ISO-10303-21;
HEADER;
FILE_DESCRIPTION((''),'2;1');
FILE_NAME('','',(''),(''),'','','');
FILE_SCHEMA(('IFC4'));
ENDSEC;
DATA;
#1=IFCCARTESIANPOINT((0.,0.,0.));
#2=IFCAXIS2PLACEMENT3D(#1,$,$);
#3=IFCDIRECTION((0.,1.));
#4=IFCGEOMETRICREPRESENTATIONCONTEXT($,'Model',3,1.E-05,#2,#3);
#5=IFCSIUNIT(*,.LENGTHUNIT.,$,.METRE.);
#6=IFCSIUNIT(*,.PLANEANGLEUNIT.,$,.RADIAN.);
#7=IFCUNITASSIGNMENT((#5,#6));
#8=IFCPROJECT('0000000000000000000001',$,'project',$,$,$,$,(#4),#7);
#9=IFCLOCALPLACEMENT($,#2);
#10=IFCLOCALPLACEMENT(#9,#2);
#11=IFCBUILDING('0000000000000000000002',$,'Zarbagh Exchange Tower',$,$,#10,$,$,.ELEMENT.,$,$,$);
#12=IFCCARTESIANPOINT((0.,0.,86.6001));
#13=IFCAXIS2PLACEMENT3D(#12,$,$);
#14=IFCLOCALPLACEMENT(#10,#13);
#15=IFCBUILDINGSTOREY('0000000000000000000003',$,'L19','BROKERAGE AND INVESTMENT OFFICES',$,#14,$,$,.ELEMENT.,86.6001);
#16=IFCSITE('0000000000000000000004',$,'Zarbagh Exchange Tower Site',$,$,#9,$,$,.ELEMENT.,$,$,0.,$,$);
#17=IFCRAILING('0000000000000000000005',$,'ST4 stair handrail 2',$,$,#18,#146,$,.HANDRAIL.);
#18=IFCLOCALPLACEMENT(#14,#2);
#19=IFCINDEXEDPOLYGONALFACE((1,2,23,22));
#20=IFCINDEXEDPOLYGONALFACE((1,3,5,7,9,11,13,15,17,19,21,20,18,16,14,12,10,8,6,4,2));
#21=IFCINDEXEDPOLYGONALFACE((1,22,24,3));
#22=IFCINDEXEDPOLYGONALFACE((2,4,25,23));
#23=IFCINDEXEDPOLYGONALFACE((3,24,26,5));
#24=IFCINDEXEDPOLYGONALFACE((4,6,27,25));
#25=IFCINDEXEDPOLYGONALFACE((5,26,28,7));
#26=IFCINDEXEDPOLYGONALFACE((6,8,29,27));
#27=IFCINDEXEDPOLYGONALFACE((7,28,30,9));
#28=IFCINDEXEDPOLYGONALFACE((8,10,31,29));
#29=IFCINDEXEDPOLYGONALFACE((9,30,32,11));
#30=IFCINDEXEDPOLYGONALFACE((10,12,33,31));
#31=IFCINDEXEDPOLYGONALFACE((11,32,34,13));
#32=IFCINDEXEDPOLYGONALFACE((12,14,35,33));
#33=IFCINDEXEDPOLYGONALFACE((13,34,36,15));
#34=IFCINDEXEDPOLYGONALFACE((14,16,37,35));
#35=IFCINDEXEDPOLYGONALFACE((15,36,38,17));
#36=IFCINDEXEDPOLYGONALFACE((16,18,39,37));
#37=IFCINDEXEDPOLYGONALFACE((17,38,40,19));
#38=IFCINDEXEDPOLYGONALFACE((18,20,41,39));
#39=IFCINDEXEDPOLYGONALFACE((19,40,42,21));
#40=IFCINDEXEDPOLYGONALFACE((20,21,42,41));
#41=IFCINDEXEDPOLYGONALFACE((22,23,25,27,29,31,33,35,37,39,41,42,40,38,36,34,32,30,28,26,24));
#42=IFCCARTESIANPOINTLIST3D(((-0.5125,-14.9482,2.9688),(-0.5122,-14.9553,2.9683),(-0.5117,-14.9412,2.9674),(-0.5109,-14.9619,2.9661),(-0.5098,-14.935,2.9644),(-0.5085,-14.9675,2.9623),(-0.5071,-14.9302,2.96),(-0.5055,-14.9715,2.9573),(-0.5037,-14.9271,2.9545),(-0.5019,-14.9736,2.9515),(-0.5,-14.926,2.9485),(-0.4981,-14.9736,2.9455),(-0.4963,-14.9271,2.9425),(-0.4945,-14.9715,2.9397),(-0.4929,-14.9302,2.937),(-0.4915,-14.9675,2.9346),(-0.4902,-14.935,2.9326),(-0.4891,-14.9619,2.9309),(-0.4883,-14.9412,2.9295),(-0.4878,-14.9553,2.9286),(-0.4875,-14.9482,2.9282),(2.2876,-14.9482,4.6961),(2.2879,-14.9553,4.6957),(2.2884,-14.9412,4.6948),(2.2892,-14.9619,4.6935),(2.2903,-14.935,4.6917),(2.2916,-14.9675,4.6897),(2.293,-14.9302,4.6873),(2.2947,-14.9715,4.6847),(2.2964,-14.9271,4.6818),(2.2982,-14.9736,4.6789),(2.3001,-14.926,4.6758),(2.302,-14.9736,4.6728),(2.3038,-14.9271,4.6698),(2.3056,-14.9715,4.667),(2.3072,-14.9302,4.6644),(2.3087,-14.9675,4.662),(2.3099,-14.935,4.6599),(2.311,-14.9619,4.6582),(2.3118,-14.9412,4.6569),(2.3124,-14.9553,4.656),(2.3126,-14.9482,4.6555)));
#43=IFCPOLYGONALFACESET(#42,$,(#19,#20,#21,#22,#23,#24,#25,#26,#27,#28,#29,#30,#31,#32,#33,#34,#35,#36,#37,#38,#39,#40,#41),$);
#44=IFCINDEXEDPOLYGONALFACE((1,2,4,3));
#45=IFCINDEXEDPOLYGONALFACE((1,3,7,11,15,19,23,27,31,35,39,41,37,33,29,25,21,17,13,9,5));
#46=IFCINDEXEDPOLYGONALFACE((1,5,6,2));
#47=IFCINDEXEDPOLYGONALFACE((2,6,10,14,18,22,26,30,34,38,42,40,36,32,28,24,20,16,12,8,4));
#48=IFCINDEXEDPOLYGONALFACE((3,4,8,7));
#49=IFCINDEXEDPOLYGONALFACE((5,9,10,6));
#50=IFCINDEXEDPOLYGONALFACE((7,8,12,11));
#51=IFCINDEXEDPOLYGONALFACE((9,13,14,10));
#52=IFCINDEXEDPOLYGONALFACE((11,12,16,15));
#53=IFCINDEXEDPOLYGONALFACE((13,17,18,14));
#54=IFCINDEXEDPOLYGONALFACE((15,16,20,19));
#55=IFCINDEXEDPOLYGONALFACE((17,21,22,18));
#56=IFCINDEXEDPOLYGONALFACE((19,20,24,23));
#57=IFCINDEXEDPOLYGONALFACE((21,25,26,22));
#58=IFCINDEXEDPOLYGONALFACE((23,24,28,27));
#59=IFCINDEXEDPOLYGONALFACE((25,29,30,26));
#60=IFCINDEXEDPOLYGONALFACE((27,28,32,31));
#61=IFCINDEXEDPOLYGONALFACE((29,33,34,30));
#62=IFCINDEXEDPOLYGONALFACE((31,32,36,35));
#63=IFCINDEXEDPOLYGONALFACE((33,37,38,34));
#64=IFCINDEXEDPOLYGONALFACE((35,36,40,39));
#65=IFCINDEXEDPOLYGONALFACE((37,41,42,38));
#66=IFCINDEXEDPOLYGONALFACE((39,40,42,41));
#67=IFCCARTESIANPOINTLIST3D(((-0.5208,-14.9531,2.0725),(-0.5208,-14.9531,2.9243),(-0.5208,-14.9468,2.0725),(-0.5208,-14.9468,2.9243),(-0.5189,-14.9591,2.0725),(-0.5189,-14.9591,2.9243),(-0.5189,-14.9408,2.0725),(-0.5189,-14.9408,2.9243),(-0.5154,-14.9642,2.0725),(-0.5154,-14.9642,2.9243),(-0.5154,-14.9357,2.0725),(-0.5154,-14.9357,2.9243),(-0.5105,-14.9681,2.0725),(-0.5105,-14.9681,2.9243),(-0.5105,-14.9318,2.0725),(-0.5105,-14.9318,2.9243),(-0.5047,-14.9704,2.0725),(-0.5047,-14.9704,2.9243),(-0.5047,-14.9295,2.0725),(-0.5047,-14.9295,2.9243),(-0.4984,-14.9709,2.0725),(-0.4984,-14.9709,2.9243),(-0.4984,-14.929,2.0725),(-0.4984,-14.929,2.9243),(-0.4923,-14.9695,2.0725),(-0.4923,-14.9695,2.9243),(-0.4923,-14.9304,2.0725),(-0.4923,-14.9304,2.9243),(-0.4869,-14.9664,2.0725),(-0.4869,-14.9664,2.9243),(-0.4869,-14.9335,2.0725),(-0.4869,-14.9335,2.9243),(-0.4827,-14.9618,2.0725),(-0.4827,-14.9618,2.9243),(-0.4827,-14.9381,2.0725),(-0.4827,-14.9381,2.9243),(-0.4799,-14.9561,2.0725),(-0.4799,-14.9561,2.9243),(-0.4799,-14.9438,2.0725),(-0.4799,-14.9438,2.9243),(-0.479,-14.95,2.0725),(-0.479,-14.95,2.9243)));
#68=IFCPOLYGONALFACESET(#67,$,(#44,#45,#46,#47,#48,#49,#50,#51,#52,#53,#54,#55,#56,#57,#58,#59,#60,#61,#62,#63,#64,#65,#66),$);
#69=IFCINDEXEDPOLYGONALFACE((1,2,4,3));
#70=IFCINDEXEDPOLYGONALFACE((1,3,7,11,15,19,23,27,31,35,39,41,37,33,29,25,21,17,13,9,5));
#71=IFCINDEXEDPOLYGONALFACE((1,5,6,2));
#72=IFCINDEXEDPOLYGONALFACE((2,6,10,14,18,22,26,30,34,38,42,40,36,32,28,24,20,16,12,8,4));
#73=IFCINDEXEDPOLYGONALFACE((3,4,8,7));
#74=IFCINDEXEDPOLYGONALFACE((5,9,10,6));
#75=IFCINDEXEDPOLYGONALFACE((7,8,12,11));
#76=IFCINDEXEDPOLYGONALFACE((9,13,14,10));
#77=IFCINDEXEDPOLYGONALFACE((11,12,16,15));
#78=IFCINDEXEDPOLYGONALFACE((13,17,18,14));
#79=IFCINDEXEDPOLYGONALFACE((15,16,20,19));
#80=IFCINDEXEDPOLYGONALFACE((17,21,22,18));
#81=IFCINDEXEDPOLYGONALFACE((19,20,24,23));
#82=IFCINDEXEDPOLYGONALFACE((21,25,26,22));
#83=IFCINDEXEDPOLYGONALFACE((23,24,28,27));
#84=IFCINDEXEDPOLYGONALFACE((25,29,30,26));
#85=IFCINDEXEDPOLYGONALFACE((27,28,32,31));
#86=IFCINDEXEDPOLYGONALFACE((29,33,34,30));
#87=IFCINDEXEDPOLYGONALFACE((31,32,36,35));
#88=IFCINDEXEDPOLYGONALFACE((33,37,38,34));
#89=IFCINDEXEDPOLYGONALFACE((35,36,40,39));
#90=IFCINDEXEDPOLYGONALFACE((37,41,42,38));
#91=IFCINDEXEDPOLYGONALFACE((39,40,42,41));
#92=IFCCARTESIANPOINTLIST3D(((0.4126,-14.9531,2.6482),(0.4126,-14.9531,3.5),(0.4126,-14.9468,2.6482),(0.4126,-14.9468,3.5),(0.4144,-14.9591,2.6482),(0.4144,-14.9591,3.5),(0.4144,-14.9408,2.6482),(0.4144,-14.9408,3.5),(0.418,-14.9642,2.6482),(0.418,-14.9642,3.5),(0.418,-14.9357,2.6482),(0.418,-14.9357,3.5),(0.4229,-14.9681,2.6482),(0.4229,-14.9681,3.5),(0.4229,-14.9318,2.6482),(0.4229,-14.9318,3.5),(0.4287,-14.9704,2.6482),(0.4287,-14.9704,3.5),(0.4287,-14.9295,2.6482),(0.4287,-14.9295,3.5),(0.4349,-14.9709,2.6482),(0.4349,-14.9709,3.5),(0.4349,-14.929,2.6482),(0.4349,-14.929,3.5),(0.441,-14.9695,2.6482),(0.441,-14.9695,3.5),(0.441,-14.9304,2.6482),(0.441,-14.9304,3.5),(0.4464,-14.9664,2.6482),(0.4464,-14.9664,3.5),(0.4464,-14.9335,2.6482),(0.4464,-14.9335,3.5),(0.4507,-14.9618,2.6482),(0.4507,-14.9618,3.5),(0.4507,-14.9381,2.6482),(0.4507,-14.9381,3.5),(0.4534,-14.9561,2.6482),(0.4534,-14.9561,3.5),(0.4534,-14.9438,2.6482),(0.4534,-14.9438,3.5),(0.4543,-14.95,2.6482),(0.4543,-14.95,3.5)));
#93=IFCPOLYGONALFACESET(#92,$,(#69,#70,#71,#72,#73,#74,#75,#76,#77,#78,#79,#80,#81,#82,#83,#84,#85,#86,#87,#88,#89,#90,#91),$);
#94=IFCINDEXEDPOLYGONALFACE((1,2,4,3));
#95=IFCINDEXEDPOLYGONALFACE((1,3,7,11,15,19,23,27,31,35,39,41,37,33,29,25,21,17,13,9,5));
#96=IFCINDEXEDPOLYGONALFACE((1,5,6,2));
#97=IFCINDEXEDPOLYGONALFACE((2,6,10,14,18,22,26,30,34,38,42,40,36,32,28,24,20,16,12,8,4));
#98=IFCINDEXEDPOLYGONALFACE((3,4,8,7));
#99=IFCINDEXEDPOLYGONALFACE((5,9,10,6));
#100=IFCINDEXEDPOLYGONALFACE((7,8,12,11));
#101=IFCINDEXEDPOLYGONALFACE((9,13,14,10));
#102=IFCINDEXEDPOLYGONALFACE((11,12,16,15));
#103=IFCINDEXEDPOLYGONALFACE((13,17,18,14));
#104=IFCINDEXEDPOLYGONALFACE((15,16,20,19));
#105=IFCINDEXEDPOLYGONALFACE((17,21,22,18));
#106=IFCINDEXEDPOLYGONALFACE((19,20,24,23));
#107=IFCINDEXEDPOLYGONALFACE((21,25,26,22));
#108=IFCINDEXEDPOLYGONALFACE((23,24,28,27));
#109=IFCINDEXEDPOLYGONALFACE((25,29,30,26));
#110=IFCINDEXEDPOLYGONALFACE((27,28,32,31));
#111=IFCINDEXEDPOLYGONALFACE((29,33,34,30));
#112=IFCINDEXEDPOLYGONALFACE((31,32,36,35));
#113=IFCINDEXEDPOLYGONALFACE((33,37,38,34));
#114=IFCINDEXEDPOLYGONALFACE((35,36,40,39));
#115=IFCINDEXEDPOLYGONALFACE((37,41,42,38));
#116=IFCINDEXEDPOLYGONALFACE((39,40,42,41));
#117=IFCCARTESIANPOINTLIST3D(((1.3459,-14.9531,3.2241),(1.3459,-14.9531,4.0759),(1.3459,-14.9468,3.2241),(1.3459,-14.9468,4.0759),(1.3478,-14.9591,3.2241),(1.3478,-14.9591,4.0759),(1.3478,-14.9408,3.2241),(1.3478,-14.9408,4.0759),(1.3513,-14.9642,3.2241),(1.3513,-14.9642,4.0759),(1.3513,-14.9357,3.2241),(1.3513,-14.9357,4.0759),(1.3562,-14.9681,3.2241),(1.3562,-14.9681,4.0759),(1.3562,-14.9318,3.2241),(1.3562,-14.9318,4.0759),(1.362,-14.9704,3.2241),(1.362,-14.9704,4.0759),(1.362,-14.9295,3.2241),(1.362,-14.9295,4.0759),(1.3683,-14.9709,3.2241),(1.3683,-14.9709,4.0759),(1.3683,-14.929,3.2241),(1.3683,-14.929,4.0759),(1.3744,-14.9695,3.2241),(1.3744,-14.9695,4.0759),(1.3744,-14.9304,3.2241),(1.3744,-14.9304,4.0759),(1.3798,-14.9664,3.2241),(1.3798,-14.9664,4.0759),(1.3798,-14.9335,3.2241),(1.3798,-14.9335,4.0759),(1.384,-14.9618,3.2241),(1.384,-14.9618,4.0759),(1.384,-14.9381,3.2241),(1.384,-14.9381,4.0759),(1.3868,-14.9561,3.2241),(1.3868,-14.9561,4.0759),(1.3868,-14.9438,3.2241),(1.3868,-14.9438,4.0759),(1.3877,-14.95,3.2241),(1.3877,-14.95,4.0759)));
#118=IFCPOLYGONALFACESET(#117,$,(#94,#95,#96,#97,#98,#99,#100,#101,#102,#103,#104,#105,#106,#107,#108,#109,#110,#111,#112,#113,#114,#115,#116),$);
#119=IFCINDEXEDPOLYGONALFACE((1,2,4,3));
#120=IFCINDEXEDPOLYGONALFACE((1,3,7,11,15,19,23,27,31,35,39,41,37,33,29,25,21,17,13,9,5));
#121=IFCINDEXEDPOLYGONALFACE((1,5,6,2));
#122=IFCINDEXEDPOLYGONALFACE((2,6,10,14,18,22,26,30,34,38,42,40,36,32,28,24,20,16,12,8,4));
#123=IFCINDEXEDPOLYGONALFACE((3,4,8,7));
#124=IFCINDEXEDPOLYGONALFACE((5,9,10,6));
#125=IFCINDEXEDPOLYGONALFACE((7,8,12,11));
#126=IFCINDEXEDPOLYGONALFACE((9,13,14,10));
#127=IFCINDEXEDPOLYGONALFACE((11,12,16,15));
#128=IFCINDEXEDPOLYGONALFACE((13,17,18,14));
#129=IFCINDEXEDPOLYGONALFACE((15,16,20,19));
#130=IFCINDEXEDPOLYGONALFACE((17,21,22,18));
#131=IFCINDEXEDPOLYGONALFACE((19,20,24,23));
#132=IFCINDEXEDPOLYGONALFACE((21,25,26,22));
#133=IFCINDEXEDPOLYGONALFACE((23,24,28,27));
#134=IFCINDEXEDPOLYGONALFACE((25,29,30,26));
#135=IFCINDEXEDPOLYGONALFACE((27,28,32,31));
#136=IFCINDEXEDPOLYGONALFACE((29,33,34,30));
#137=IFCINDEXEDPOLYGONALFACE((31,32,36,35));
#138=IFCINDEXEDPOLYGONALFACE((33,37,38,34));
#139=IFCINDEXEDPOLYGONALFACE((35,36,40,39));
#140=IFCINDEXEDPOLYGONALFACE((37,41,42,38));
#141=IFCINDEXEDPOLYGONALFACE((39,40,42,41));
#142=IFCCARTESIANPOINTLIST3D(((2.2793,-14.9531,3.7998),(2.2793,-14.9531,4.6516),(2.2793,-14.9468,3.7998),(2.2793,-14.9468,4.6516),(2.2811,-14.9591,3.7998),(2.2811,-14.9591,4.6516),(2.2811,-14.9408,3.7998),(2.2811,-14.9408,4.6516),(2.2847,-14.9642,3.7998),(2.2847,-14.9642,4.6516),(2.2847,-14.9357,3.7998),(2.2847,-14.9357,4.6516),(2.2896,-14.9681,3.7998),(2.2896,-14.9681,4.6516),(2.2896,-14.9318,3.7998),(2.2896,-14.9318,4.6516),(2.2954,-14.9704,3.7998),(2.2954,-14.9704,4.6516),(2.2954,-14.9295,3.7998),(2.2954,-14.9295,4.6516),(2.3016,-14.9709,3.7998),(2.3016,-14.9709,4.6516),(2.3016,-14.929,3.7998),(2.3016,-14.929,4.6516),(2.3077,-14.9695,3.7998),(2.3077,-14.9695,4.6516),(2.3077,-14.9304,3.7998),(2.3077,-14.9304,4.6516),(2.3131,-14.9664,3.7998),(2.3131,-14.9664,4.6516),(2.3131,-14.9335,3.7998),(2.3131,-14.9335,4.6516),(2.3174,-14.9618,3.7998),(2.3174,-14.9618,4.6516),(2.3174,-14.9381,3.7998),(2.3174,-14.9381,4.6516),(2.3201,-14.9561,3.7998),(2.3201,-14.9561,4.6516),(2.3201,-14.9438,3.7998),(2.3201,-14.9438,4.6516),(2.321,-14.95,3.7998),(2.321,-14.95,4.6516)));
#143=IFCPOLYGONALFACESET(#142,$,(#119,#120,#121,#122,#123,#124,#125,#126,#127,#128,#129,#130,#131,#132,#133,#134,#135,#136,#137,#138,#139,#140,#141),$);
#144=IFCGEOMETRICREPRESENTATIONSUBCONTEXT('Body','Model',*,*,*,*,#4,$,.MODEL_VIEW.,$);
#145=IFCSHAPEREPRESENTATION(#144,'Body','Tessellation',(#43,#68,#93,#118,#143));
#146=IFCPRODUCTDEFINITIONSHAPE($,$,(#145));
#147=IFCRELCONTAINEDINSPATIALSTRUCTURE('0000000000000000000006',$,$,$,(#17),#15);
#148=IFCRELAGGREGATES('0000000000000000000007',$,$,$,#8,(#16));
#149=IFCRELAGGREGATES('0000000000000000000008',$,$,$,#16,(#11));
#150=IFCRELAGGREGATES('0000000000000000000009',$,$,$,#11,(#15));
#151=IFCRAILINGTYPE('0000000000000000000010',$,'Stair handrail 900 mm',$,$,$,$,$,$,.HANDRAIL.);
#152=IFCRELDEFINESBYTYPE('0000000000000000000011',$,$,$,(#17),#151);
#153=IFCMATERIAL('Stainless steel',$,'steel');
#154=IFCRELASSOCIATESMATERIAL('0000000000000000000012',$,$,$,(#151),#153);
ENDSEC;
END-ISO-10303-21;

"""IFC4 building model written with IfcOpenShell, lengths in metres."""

from ifc_helpers import new_model, si_unit, direction, frame, origin, origin_2d, place, context, subcontext, project, spatial, circle, extrude, material, type_object, element, save


model = new_model("IFC4")

# Units and contexts
model_context = context("Model", 3, precision=1e-05, world=origin(), true_north=direction((0.0, 1.0)))
body_context = subcontext(model_context, "Body", "Model", "MODEL_VIEW")
ifc_project = project(units=[si_unit("LENGTHUNIT", "METRE"), si_unit("PLANEANGLEUNIT", "RADIAN")], contexts=[model_context])

# Site, building, storey
site_placement = place(None, origin())
site = spatial("IfcSite", under=ifc_project, at=site_placement, Name="Zarbagh Exchange Tower Site", CompositionType="ELEMENT", RefElevation=0.0)
building_placement = place(site_placement, origin())
building = spatial("IfcBuilding", under=site, at=building_placement, Name="Zarbagh Exchange Tower", CompositionType="ELEMENT")
storey_placement = place(building_placement, frame((0.0, 0.0, 86.6001)))
storey = spatial("IfcBuildingStorey", under=building, at=storey_placement, Name="L19", Description="BROKERAGE AND INVESTMENT OFFICES", CompositionType="ELEMENT", Elevation=86.6001)

# Shared definitions
ifc_material_1 = material(Name="Stainless steel", Category="steel")

# Railing
railing_type = type_object("IfcRailingType", Name="Stair handrail 900 mm", PredefinedType="HANDRAIL", material=ifc_material_1)
for number, where, name in (
    (1, (-0.5, -14.95, 2.0725), "ST4 stair handrail 2"),
):
    element("IfcRailing", number, at=place(storey_placement, frame(where)), inside=storey, type_object=railing_type, Name=name, PredefinedType="HANDRAIL", context=body_context, shape_type="SweptSolid", body=[
        extrude(circle(Radius=0.0239, at=origin_2d()), frame((0.0, 0.0, 0.876), z_axis=(0.85109, 0.0, 0.52502), x_axis=(0.0, 1.0, 0.0)), (0.0, 0.0, 1.0), 3.29),
        extrude(circle(Radius=0.021, at=origin_2d()), origin(), (0.0, 0.0, 1.0), 0.8518),
        extrude(circle(Radius=0.021, at=origin_2d()), frame((0.9333, 0.0, 0.5757)), (0.0, 0.0, 1.0), 0.8518),
        extrude(circle(Radius=0.021, at=origin_2d()), frame((1.8667, 0.0, 1.1516)), (0.0, 0.0, 1.0), 0.8518),
        extrude(circle(Radius=0.021, at=origin_2d()), frame((2.8, 0.0, 1.7273)), (0.0, 0.0, 1.0), 0.8518),
    ])

save(model, "model.ifc")
